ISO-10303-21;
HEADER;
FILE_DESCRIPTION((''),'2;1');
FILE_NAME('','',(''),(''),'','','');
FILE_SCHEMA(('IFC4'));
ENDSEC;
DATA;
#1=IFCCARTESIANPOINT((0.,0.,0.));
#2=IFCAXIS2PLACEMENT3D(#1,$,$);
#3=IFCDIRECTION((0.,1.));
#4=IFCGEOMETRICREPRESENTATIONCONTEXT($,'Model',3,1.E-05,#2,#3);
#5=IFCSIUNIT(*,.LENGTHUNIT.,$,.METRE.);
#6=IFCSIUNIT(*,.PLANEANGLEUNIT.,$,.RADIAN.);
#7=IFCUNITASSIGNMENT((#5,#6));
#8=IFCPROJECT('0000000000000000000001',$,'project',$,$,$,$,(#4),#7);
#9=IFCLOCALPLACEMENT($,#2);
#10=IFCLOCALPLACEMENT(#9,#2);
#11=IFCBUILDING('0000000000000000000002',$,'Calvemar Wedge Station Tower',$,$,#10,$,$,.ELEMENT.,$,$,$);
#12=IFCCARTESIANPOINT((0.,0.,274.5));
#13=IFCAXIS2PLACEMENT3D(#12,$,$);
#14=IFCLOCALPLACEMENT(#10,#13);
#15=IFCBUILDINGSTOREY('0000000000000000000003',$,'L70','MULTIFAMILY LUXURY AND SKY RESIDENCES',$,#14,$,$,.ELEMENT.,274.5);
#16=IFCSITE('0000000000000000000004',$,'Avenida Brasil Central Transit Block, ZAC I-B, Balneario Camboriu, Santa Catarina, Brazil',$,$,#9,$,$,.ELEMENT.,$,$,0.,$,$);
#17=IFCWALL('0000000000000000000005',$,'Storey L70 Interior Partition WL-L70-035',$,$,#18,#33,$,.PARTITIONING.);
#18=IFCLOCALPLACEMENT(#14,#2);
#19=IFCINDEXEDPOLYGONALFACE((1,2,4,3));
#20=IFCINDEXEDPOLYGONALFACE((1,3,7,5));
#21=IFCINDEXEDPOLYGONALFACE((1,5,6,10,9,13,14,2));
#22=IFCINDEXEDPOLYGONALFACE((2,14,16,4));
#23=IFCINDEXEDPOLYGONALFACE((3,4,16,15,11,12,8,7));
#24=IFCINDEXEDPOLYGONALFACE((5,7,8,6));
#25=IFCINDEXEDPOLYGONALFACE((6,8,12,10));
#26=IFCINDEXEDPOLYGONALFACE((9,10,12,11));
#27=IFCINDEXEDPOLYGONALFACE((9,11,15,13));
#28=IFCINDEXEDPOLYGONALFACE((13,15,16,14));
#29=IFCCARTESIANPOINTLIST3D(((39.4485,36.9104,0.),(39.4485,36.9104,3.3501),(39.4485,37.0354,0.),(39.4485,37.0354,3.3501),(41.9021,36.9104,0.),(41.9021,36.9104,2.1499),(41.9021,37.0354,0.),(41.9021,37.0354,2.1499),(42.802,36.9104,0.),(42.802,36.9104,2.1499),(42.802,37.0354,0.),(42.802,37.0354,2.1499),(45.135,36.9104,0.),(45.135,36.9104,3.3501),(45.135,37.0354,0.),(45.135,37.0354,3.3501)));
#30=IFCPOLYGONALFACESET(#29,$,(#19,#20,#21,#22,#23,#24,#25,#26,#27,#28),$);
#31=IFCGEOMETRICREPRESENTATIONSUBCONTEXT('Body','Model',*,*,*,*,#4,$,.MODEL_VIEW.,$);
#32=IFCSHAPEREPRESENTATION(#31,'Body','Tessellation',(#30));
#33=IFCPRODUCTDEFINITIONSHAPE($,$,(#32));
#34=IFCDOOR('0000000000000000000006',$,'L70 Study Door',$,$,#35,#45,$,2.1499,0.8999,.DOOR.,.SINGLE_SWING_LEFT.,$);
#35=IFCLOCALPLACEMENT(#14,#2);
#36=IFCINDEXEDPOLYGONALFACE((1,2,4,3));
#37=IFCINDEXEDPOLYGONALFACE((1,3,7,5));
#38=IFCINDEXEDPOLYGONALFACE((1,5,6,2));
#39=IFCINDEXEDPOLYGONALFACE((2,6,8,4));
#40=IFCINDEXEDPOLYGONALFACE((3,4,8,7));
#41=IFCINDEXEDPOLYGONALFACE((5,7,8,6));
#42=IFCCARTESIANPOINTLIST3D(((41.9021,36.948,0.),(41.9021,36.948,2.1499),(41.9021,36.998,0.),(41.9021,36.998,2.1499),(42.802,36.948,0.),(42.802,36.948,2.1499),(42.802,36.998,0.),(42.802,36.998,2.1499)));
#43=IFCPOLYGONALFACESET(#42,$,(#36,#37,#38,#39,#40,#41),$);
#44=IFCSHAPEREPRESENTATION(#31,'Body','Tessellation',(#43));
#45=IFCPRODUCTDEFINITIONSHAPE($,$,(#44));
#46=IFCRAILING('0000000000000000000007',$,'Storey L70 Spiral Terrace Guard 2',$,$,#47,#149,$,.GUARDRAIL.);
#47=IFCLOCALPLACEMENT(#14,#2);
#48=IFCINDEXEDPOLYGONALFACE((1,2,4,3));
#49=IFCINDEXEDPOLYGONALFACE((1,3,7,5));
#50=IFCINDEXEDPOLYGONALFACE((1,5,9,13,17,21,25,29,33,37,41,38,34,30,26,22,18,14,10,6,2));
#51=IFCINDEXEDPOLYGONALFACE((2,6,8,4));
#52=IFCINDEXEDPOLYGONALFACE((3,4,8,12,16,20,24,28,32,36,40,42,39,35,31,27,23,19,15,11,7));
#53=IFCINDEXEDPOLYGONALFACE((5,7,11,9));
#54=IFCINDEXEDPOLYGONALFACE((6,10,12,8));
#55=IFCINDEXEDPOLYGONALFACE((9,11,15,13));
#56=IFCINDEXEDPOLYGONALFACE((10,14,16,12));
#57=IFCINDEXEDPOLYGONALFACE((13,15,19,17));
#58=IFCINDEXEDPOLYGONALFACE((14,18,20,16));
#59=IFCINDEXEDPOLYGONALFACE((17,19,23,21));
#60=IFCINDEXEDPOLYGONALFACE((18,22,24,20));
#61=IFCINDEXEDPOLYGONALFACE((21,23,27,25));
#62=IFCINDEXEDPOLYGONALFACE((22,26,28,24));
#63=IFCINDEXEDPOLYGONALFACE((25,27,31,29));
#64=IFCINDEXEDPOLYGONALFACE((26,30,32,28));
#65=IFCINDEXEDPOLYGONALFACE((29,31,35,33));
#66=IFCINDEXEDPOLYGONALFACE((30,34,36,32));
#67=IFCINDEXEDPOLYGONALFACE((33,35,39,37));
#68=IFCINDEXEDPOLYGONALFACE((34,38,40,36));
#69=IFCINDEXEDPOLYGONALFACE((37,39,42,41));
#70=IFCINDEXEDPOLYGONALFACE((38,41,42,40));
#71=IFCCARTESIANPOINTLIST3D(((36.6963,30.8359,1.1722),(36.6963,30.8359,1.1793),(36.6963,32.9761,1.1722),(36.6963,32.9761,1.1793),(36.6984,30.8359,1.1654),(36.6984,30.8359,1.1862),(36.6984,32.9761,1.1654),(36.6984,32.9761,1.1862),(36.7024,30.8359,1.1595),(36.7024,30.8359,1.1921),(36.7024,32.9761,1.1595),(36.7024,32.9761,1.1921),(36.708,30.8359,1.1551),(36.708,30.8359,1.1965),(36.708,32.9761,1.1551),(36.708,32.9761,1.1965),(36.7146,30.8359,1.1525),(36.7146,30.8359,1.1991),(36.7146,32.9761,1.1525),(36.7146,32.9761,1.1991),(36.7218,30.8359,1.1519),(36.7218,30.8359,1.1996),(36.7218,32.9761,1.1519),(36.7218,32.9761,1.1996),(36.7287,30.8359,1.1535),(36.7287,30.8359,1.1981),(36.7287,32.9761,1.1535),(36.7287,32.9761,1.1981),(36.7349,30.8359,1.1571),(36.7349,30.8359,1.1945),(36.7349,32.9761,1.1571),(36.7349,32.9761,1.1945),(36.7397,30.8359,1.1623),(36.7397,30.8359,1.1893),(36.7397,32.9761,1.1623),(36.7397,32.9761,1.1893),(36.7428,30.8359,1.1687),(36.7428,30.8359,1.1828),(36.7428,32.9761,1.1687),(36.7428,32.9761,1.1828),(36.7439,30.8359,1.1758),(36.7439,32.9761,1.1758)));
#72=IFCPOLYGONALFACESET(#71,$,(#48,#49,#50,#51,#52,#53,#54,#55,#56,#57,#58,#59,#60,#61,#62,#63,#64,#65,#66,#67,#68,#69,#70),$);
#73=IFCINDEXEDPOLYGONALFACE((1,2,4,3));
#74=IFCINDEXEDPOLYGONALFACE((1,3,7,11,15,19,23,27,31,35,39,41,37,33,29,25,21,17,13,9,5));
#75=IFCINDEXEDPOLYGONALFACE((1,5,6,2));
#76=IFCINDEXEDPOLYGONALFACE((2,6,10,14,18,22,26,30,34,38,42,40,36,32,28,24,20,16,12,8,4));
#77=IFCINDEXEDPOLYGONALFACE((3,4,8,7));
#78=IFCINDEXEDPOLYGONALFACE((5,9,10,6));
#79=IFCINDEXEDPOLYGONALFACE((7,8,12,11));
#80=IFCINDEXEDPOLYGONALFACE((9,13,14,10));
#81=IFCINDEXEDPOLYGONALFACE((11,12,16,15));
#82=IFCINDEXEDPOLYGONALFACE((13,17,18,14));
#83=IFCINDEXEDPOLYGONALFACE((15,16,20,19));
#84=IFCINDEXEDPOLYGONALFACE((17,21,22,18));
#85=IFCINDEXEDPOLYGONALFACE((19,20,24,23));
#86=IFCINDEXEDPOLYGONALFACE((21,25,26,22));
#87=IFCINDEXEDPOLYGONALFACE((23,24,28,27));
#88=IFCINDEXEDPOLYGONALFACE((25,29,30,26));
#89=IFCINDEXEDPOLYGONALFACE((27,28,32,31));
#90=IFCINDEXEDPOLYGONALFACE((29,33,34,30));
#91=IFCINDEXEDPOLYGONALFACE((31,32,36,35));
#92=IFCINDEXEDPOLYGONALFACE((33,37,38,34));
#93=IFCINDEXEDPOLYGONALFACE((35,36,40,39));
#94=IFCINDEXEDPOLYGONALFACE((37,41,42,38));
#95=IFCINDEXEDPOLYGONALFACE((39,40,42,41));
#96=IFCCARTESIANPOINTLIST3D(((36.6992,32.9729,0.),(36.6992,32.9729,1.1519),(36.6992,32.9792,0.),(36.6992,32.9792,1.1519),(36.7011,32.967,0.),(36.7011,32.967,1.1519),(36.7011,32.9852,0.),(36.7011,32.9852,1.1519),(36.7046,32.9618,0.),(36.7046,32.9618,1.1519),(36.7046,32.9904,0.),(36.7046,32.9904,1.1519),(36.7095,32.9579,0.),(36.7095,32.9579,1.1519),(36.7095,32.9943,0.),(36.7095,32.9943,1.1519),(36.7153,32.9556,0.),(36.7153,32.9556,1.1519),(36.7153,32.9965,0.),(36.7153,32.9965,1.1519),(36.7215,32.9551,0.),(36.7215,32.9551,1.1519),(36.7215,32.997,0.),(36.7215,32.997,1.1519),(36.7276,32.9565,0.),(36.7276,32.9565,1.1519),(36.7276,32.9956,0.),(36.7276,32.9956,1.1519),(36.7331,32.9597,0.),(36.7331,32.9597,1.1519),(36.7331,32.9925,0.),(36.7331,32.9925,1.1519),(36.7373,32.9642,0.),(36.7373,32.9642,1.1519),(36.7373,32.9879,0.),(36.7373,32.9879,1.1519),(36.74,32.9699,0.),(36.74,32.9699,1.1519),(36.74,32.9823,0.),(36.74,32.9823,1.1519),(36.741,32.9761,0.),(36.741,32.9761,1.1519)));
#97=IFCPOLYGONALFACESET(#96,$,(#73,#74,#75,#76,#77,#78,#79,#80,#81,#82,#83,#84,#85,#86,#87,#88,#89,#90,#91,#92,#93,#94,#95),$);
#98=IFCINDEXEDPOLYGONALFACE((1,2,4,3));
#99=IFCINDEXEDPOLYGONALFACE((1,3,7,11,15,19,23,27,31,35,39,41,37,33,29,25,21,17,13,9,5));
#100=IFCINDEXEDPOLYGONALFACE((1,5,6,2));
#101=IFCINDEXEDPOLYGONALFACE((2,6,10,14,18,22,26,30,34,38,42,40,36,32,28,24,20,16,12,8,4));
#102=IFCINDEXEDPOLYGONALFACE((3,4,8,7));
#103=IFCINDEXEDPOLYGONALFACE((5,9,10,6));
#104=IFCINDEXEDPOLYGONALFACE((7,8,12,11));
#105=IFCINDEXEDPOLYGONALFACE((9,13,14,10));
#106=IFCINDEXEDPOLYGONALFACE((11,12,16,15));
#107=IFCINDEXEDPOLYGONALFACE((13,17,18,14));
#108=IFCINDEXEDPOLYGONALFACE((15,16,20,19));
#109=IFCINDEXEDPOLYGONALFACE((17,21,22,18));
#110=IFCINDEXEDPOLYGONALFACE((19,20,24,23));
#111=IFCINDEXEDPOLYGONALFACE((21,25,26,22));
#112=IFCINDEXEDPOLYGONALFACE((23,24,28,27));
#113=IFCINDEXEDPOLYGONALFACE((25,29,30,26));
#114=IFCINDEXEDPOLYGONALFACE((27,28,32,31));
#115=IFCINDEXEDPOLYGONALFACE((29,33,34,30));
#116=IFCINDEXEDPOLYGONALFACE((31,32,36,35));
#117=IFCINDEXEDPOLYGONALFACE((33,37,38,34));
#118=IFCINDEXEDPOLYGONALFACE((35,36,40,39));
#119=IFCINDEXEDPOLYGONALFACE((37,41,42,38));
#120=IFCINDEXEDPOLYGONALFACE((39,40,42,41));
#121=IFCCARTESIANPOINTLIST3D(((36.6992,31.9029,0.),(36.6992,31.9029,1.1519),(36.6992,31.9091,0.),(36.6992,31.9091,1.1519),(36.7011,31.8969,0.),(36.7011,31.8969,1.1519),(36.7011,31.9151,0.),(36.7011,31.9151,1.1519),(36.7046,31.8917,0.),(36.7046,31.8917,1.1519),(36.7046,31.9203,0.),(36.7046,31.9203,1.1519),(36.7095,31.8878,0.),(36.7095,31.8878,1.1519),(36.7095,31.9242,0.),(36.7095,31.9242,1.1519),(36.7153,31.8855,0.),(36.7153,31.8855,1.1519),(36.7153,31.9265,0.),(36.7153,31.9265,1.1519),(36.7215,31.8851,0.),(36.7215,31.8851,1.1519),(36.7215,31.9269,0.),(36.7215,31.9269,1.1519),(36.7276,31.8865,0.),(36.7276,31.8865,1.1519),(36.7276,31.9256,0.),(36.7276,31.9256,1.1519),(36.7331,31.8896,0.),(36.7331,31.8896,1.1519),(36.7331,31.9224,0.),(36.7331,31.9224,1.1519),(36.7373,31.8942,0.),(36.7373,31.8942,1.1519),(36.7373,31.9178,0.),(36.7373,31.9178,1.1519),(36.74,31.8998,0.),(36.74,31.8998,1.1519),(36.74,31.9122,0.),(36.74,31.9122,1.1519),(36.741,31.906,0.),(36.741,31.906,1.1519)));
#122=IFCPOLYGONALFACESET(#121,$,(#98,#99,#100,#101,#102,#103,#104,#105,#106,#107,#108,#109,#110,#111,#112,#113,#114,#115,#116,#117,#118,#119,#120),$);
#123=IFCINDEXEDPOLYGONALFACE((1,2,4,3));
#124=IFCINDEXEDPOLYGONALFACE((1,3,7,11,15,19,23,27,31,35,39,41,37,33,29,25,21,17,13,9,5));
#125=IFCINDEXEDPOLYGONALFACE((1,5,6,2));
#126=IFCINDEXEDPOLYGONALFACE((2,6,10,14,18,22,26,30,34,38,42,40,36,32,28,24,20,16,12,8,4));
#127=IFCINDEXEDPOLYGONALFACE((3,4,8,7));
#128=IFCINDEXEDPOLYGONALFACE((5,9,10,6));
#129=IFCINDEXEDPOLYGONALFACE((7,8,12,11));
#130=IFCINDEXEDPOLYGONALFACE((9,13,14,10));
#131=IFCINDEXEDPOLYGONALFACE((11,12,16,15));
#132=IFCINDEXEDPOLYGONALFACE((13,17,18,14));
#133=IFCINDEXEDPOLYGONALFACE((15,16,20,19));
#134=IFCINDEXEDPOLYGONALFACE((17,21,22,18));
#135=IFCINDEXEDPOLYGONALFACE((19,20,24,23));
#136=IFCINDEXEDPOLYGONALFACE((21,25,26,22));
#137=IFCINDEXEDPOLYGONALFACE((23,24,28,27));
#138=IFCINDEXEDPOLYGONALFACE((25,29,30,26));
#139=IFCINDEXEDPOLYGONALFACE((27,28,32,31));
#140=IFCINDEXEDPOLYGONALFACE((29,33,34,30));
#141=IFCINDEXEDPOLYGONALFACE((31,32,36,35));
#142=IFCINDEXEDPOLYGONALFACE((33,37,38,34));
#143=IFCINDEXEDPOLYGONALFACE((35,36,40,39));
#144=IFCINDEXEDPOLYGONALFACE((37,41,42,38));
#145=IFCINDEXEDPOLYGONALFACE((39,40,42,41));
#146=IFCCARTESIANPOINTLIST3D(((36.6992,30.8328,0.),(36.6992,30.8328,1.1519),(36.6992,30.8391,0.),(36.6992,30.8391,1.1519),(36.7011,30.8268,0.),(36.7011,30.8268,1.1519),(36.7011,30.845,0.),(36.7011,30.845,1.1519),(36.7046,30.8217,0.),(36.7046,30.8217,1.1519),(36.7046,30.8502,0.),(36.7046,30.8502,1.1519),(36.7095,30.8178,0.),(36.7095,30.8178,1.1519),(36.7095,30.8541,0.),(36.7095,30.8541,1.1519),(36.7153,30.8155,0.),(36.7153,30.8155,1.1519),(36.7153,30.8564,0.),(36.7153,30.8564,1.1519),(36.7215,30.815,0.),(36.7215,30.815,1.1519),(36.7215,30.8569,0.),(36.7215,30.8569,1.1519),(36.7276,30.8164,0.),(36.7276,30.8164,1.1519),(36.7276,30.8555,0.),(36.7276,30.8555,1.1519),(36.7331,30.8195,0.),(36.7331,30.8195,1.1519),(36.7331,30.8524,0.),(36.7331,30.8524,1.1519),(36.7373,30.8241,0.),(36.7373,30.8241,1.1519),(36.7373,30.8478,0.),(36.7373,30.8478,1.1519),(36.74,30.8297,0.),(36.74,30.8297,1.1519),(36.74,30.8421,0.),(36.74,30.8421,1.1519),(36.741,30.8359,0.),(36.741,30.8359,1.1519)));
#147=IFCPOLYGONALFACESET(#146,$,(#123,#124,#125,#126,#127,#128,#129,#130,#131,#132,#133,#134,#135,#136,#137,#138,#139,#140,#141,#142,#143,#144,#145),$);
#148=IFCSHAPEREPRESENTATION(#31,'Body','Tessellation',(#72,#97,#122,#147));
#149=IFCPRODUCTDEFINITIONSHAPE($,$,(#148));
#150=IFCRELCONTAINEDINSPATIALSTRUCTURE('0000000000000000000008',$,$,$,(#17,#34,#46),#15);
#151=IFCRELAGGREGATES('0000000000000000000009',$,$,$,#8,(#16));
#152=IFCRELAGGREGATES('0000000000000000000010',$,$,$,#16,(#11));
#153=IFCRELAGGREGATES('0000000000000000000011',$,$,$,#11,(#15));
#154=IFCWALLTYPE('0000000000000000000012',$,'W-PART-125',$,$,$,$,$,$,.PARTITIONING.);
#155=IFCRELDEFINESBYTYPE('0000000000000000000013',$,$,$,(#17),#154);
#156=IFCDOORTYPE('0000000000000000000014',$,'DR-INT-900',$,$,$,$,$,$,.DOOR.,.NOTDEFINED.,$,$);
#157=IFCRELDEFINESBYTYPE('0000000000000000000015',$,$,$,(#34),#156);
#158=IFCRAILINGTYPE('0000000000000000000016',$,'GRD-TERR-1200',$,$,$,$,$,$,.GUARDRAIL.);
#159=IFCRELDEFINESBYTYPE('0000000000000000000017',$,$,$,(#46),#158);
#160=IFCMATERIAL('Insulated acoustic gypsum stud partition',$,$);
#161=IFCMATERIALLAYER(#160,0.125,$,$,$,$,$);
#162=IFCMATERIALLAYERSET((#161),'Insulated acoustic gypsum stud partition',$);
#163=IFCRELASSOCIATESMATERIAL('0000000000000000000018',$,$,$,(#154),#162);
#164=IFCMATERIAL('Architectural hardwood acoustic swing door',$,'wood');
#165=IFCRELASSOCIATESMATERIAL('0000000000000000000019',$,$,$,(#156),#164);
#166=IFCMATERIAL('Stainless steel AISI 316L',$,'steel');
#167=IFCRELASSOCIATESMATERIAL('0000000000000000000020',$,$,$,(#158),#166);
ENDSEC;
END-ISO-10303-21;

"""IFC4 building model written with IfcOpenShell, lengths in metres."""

from ifc_helpers import new_model, si_unit, direction, frame, frame_2d, origin, origin_2d, place, context, subcontext, project, spatial, rectangle, circle, extrude, source, transform, mapped, material, layer, layer_set, type_object, element, fill, save


model = new_model("IFC4")

# Units and contexts
model_context = context("Model", 3, precision=1e-05, world=origin(), true_north=direction((0.0, 1.0)))
body_context = subcontext(model_context, "Body", "Model", "MODEL_VIEW")
ifc_project = project(units=[si_unit("LENGTHUNIT", "METRE"), si_unit("PLANEANGLEUNIT", "RADIAN")], contexts=[model_context])

# Site, building, storey
site_placement = place(None, origin())
site = spatial("IfcSite", under=ifc_project, at=site_placement, Name="Avenida Brasil Central Transit Block, ZAC I-B, Balneario Camboriu, Santa Catarina, Brazil", CompositionType="ELEMENT", RefElevation=0.0)
building_placement = place(site_placement, origin())
building = spatial("IfcBuilding", under=site, at=building_placement, Name="Calvemar Wedge Station Tower", CompositionType="ELEMENT")
storey_placement = place(building_placement, frame((0.0, 0.0, 274.5)))
storey = spatial("IfcBuildingStorey", under=building, at=storey_placement, Name="L70", Description="MULTIFAMILY LUXURY AND SKY RESIDENCES", CompositionType="ELEMENT", Elevation=274.5)

# Shared definitions
ifc_material_1 = material(Name="Insulated acoustic gypsum stud partition")
ifc_layer_1 = layer(ifc_material_1, 0.125)
ifc_layer_set_1 = layer_set([ifc_layer_1], Name="Insulated acoustic gypsum stud partition")
wall_type_1 = type_object("IfcWallType", Name="W-PART-125", PredefinedType="PARTITIONING", material=ifc_layer_set_1)

# Shared definitions
shared_shape_1 = source(origin(), body_context, "Body", "SweptSolid", [
    extrude(rectangle(XDim=0.8999, YDim=2.1499, at=frame_2d((0.45, 1.075))), frame((0.0, 0.0725, 0.0), z_axis=(0.0, -1.0, 0.0), x_axis=(1.0, 0.0, 0.0)), (0.0, 0.0, 1.0), 0.145),
])
ifc_material_2 = material(Name="Architectural hardwood acoustic swing door", Category="wood")
door_type = type_object("IfcDoorType", Name="DR-INT-900", OperationType="NOTDEFINED", PredefinedType="DOOR", material=ifc_material_2)
shared_shape_2 = source(origin(), body_context, "Body", "SweptSolid", [
    extrude(rectangle(XDim=0.8999, YDim=2.1499, at=frame_2d((0.45, 1.075))), frame((0.0, 0.0249, 0.0), z_axis=(0.0, -1.0, 0.0), x_axis=(1.0, 0.0, 0.0)), (0.0, 0.0, 1.0), 0.05),
])

# Wall, opening, door
wall_1_placement = place(storey_placement, frame((45.135, 36.9729, 0.0), z_axis=(0.0, 0.0, 1.0), x_axis=(-1.0, 0.0, 0.0)))
wall_1 = element("IfcWall", 1, at=wall_1_placement, inside=storey, type_object=wall_type_1, Name="Storey L70 Interior Partition WL-L70-035", PredefinedType="PARTITIONING", context=body_context, shape_type="SweptSolid", body=[
    extrude(rectangle(XDim=5.6865, YDim=0.125, at=frame_2d((2.8433, 0.0))), origin(), (0.0, 0.0, 1.0), 3.3501),
])
opening_1_placement = place(wall_1_placement, frame((2.333, 0.0, 0.0)))
opening_1 = element("IfcOpeningElement", 2, at=opening_1_placement, cuts=wall_1, PredefinedType="OPENING", context=body_context, shape_type="MappedRepresentation", body=[
    mapped(shared_shape_1, transform((0.0, 0.0, 0.0), scale=1.0)),
])
door_1_placement = place(opening_1_placement, origin())
door_1 = element("IfcDoor", 3, at=door_1_placement, inside=storey, type_object=door_type, Name="L70 Study Door", OperationType="SINGLE_SWING_LEFT", OverallHeight=2.1499, OverallWidth=0.8999, PredefinedType="DOOR", context=body_context, shape_type="MappedRepresentation", body=[
    mapped(shared_shape_2, transform((0.0, 0.0, 0.0), scale=1.0)),
])
fill(opening_1, door_1)

# Railing
ifc_material_3 = material(Name="Stainless steel AISI 316L", Category="steel")
railing_type = type_object("IfcRailingType", Name="GRD-TERR-1200", PredefinedType="GUARDRAIL", material=ifc_material_3)
railing_1_placement = place(storey_placement, frame((36.72, 32.9761, 0.0)))
element("IfcRailing", 4, at=railing_1_placement, inside=storey, type_object=railing_type, Name="Storey L70 Spiral Terrace Guard 2", PredefinedType="GUARDRAIL", context=body_context, shape_type="SweptSolid", body=[
    extrude(circle(Radius=0.0239, at=origin_2d()), frame((0.0, 0.0, 1.1758), z_axis=(0.0, -1.0, 0.0), x_axis=(1.0, 0.0, 0.0)), (0.0, 0.0, 1.0), 2.1401),
    extrude(circle(Radius=0.021, at=origin_2d()), origin(), (0.0, 0.0, 1.0), 1.1519),
    extrude(circle(Radius=0.021, at=origin_2d()), frame((0.0, -1.0701, 0.0)), (0.0, 0.0, 1.0), 1.1519),
    extrude(circle(Radius=0.021, at=origin_2d()), frame((0.0, -2.1401, 0.0)), (0.0, 0.0, 1.0), 1.1519),
])

save(model, "model.ifc")
